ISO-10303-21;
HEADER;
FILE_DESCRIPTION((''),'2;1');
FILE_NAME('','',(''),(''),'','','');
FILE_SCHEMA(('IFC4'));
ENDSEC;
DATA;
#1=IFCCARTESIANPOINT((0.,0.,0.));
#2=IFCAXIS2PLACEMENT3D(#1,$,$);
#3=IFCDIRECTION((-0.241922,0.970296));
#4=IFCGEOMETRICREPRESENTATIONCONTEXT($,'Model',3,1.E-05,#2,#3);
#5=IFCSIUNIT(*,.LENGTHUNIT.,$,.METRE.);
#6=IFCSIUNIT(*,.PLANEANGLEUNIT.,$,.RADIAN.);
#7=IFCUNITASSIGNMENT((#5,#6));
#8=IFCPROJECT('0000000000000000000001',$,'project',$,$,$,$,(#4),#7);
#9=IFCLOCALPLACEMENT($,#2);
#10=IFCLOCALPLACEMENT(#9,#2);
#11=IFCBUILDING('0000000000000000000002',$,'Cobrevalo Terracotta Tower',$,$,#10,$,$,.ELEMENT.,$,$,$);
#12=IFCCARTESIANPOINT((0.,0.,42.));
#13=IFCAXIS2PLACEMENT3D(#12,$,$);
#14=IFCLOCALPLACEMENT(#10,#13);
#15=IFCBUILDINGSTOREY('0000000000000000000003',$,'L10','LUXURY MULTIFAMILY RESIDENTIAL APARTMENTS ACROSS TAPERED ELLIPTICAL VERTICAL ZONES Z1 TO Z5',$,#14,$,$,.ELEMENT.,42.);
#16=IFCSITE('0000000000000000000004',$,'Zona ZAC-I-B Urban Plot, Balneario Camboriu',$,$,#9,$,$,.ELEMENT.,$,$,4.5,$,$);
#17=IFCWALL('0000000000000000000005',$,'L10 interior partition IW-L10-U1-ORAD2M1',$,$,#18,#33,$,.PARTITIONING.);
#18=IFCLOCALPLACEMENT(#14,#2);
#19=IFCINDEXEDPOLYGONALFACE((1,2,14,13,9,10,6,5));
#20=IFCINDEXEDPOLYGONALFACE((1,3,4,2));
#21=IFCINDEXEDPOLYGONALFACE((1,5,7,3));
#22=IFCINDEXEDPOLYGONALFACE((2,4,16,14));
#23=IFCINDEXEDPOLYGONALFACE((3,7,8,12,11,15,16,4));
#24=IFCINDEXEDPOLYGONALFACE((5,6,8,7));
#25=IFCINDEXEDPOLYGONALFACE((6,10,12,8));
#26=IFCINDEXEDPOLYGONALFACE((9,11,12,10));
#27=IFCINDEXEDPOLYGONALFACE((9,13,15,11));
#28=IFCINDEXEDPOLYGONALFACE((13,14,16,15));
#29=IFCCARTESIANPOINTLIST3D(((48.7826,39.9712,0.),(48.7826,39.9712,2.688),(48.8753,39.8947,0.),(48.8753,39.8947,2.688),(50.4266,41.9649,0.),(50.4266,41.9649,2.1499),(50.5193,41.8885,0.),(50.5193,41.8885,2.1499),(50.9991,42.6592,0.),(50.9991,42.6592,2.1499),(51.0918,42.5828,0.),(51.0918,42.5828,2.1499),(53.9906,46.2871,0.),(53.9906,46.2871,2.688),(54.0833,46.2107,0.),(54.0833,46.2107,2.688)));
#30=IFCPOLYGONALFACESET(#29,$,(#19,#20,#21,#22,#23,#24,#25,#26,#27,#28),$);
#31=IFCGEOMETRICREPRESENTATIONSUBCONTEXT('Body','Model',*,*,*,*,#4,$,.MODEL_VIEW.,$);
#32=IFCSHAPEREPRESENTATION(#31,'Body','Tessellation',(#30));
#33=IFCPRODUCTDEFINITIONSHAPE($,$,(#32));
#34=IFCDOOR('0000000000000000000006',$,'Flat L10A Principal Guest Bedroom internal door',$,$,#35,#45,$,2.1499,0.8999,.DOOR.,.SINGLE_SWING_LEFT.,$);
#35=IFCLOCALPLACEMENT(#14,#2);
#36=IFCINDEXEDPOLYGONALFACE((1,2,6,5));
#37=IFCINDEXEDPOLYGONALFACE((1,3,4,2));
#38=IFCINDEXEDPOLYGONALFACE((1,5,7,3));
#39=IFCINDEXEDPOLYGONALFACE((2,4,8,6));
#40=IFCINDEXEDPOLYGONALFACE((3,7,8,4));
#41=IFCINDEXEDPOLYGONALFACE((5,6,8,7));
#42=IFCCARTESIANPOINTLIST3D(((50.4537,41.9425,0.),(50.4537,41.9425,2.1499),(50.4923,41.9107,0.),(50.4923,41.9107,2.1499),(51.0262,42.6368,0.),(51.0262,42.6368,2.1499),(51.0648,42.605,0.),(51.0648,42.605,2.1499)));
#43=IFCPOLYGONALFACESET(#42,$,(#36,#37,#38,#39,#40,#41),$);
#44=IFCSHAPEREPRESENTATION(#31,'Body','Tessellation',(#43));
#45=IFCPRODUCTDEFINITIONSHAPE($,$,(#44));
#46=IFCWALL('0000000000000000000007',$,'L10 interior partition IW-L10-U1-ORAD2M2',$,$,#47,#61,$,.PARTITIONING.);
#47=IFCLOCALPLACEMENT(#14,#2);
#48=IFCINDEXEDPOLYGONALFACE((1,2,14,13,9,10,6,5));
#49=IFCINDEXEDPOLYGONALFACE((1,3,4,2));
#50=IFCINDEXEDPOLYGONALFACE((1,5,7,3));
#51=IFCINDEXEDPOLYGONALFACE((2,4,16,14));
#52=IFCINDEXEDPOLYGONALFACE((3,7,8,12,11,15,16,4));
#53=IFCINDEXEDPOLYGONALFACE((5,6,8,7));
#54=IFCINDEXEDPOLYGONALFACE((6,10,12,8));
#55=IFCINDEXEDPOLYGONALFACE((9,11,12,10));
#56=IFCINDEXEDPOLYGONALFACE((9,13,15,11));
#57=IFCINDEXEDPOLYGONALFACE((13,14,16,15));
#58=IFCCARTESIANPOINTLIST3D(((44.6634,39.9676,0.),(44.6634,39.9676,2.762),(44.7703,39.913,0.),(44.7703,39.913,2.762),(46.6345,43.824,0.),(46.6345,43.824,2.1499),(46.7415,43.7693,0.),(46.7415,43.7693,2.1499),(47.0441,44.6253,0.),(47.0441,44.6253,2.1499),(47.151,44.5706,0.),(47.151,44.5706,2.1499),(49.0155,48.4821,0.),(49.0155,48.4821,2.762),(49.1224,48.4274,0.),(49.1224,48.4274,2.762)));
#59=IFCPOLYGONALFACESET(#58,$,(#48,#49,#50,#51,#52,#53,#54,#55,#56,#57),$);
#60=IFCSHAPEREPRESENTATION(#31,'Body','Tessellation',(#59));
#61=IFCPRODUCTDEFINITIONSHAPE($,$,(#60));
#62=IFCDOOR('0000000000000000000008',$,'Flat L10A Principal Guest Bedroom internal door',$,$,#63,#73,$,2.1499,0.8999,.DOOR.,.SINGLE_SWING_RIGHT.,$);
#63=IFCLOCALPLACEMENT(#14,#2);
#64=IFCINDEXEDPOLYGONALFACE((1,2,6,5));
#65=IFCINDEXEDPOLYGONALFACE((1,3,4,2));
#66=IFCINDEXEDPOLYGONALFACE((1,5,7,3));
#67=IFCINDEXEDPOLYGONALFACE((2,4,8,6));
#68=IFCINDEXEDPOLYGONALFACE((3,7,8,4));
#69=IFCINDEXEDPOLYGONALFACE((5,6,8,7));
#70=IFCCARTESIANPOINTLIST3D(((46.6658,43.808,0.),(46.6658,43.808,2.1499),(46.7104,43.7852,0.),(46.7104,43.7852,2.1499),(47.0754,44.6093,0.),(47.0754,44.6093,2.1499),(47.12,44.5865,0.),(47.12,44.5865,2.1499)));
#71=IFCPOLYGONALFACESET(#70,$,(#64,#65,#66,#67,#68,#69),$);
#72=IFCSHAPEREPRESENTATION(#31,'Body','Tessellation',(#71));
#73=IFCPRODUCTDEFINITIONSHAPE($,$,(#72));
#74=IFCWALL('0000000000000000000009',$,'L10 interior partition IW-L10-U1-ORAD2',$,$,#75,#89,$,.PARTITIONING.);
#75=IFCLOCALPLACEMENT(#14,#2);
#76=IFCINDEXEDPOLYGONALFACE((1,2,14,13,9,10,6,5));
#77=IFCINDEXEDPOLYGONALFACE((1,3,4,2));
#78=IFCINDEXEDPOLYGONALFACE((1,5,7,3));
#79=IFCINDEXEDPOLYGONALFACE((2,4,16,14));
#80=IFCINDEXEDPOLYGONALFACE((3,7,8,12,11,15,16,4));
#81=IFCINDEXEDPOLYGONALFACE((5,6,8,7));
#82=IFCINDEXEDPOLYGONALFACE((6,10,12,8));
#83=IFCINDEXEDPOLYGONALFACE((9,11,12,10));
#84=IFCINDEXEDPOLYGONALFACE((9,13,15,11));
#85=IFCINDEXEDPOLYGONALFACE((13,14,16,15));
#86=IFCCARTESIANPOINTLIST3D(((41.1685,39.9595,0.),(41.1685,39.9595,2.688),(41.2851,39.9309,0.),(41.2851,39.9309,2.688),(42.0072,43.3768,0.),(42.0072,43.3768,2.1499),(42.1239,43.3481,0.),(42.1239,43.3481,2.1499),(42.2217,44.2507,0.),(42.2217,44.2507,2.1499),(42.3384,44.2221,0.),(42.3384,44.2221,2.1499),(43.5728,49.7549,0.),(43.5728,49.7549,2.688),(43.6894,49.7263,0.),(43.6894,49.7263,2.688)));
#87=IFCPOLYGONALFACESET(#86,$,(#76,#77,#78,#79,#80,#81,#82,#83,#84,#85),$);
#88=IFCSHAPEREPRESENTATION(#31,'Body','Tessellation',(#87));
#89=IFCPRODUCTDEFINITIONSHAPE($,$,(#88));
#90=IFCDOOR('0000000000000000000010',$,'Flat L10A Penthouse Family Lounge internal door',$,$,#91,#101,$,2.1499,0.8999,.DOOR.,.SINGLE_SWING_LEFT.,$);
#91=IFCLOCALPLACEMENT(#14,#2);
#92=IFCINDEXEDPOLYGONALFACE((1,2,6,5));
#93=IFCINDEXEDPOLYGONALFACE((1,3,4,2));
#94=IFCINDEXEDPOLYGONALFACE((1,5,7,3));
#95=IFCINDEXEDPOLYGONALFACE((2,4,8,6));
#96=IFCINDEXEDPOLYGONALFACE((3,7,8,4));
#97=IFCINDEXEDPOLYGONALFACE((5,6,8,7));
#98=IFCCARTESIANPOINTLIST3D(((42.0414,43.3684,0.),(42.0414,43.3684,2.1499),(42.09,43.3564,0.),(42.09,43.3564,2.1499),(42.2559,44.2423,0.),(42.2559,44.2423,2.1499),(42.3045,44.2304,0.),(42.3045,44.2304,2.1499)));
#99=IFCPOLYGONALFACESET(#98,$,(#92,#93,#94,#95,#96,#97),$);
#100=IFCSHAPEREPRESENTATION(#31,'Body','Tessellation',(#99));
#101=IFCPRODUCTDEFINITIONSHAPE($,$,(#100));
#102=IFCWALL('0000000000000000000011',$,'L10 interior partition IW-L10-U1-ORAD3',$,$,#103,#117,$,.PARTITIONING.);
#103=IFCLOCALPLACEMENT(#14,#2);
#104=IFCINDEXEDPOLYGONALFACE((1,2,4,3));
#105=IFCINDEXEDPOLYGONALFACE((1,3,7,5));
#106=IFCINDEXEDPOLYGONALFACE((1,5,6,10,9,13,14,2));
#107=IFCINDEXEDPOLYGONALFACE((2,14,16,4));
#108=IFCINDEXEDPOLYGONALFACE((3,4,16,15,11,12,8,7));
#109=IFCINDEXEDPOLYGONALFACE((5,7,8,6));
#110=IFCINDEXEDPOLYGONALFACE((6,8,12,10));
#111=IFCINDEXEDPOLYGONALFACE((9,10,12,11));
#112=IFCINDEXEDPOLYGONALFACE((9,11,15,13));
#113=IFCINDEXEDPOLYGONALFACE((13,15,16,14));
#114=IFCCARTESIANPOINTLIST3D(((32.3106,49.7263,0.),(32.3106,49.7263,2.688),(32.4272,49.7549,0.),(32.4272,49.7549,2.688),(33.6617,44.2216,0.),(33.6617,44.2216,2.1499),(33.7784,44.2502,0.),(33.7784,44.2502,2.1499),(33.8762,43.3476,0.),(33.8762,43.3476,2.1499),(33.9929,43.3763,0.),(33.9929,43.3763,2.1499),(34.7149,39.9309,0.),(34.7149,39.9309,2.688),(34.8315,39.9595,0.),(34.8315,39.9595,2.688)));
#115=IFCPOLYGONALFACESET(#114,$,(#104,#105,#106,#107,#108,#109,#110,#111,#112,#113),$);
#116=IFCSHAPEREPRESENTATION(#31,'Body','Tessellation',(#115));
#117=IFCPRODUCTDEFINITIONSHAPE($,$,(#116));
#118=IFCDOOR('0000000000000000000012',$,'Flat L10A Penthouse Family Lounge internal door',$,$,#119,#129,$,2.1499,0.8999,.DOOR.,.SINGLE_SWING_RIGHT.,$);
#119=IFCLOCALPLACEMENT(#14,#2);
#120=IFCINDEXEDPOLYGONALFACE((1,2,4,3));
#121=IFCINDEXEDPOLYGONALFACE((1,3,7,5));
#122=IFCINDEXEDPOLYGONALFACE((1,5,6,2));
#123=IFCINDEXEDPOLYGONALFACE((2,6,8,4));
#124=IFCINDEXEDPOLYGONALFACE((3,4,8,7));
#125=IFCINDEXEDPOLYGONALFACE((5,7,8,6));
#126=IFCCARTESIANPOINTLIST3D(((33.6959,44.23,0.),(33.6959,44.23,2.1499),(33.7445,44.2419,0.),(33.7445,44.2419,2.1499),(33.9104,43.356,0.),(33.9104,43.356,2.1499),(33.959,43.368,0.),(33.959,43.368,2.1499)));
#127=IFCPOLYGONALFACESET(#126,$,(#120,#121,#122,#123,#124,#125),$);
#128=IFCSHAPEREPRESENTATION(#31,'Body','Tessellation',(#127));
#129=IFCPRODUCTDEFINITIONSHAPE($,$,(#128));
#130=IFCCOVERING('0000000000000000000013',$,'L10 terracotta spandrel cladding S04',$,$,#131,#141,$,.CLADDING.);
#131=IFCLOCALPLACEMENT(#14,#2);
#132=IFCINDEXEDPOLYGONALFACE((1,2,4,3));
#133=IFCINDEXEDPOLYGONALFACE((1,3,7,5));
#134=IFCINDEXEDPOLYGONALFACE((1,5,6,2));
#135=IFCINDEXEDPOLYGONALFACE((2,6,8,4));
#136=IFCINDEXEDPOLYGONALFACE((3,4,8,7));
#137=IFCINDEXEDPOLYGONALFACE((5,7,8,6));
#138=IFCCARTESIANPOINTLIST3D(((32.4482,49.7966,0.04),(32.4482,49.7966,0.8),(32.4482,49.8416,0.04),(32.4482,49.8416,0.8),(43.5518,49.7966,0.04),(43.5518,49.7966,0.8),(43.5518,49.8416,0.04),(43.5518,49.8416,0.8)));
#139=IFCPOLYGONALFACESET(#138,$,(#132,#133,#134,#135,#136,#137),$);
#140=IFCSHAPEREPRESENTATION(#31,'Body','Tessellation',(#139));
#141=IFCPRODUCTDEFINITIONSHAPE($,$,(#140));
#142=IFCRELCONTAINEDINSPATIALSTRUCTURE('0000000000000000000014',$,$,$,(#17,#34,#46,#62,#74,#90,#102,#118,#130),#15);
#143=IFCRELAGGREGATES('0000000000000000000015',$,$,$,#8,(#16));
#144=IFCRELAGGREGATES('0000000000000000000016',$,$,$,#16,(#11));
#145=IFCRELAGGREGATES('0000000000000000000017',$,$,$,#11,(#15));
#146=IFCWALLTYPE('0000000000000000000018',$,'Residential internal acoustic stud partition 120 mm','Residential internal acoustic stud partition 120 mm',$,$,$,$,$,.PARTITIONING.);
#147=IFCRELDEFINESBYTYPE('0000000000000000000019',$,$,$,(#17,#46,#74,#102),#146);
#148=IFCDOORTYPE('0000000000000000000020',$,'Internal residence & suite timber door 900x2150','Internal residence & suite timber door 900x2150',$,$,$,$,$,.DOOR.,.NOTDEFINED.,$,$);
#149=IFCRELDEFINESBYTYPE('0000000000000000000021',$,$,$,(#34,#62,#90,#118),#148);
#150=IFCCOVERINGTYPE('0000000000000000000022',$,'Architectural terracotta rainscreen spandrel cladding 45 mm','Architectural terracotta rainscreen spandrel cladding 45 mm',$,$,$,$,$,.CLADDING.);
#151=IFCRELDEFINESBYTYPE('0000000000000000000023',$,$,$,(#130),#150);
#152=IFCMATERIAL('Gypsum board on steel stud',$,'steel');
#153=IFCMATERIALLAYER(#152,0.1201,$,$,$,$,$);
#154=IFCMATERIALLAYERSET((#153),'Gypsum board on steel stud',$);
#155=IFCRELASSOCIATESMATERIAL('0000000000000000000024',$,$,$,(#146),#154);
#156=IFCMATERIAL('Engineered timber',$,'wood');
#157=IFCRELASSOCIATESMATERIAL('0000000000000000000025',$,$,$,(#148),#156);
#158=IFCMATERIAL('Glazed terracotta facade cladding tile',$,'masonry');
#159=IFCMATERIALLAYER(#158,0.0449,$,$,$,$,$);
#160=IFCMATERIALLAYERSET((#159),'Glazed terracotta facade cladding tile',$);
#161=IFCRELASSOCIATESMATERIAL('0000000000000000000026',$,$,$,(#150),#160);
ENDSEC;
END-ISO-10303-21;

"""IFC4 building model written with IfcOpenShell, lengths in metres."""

from ifc_helpers import new_model, si_unit, direction, frame, frame_2d, origin, origin_2d, place, context, subcontext, project, spatial, rectangle, extrude, source, transform, mapped, material, layer, layer_set, type_object, element, fill, save


model = new_model("IFC4")

# Units and contexts
model_context = context("Model", 3, precision=1e-05, world=origin(), true_north=direction((-0.241922, 0.970296)))
body_context = subcontext(model_context, "Body", "Model", "MODEL_VIEW")
ifc_project = project(units=[si_unit("LENGTHUNIT", "METRE"), si_unit("PLANEANGLEUNIT", "RADIAN")], contexts=[model_context])

# Site, building, storey
site_placement = place(None, origin())
site = spatial("IfcSite", under=ifc_project, at=site_placement, Name="Zona ZAC-I-B Urban Plot, Balneario Camboriu", CompositionType="ELEMENT", RefElevation=4.5)
building_placement = place(site_placement, origin())
building = spatial("IfcBuilding", under=site, at=building_placement, Name="Cobrevalo Terracotta Tower", CompositionType="ELEMENT")
storey_placement = place(building_placement, frame((0.0, 0.0, 42.0)))
storey = spatial("IfcBuildingStorey", under=building, at=storey_placement, Name="L10", Description="LUXURY MULTIFAMILY RESIDENTIAL APARTMENTS ACROSS TAPERED ELLIPTICAL VERTICAL ZONES Z1 TO Z5", CompositionType="ELEMENT", Elevation=42.0)

# Walls, openings, doors
ifc_material_1 = material(Name="Gypsum board on steel stud", Category="steel")
ifc_layer_1 = layer(ifc_material_1, 0.1201)
ifc_layer_set_1 = layer_set([ifc_layer_1], Name="Gypsum board on steel stud")
wall_type_1 = type_object("IfcWallType", Name="Residential internal acoustic stud partition 120 mm", Description="Residential internal acoustic stud partition 120 mm", PredefinedType="PARTITIONING", material=ifc_layer_set_1)
wall_1_placement = place(storey_placement, frame((48.8289, 39.9329, 0.0), z_axis=(0.0, 0.0, 1.0), x_axis=(0.636192, 0.771531, 0.0)))
wall_1 = element("IfcWall", 1, at=wall_1_placement, inside=storey, type_object=wall_type_1, Name="L10 interior partition IW-L10-U1-ORAD2M1", PredefinedType="PARTITIONING", context=body_context, shape_type="SweptSolid", body=[
    extrude(rectangle(XDim=8.1863, YDim=0.1201, at=frame_2d((4.0933, 0.0))), origin(), (0.0, 0.0, 1.0), 2.688),
])
opening_1_placement = place(wall_1_placement, frame((2.5842, 0.0, 0.0)))
opening_1 = element("IfcOpeningElement", 2, at=opening_1_placement, cuts=wall_1, PredefinedType="OPENING", context=body_context, shape_type="SweptSolid", body=[
    extrude(rectangle(XDim=0.8999, YDim=2.1499, at=frame_2d((0.45, 1.075))), frame((0.0, 0.0701, 0.0), z_axis=(0.0, -1.0, 0.0), x_axis=(1.0, 0.0, 0.0)), (0.0, 0.0, 1.0), 0.1401),
])
ifc_material_2 = material(Name="Engineered timber", Category="wood")
door_type_1 = type_object("IfcDoorType", Name="Internal residence & suite timber door 900x2150", Description="Internal residence & suite timber door 900x2150", OperationType="NOTDEFINED", PredefinedType="DOOR", material=ifc_material_2)
shared_shape_1 = source(origin(), body_context, "Body", "SweptSolid", [
    extrude(rectangle(XDim=0.8999, YDim=2.1499, at=frame_2d((0.45, 1.075))), frame((0.0, 0.0249, 0.0), z_axis=(0.0, -1.0, 0.0), x_axis=(1.0, 0.0, 0.0)), (0.0, 0.0, 1.0), 0.05),
])
door_1_placement = place(opening_1_placement, origin())
door_1 = element("IfcDoor", 3, at=door_1_placement, inside=storey, type_object=door_type_1, Name="Flat L10A Principal Guest Bedroom internal door", OperationType="SINGLE_SWING_LEFT", OverallHeight=2.1499, OverallWidth=0.8999, PredefinedType="DOOR", context=body_context, shape_type="MappedRepresentation", body=[
    mapped(shared_shape_1, transform((0.0, 0.0, 0.0), scale=1.0)),
])
fill(opening_1, door_1)
wall_2_placement = place(storey_placement, frame((44.7168, 39.9402, 0.0), z_axis=(0.0, 0.0, 1.0), x_axis=(0.455131, 0.890424, 0.0)))
wall_2 = element("IfcWall", 4, at=wall_2_placement, inside=storey, type_object=wall_type_1, Name="L10 interior partition IW-L10-U1-ORAD2M2", PredefinedType="PARTITIONING", context=body_context, shape_type="SweptSolid", body=[
    extrude(rectangle(XDim=9.5623, YDim=0.1201, at=frame_2d((4.7812, 0.0))), origin(), (0.0, 0.0, 1.0), 2.762),
])
opening_2_placement = place(wall_2_placement, frame((4.3311, 0.0, 0.0)))
opening_2 = element("IfcOpeningElement", 5, at=opening_2_placement, cuts=wall_2, PredefinedType="OPENING", context=body_context, shape_type="SweptSolid", body=[
    extrude(rectangle(XDim=0.8999, YDim=2.1499, at=frame_2d((0.45, 1.075))), frame((0.0, 0.0701, 0.0), z_axis=(0.0, -1.0, 0.0), x_axis=(1.0, 0.0, 0.0)), (0.0, 0.0, 1.0), 0.1401),
])
door_2_placement = place(opening_2_placement, origin())
door_2 = element("IfcDoor", 6, at=door_2_placement, inside=storey, type_object=door_type_1, Name="Flat L10A Principal Guest Bedroom internal door", OperationType="SINGLE_SWING_RIGHT", OverallHeight=2.1499, OverallWidth=0.8999, PredefinedType="DOOR", context=body_context, shape_type="MappedRepresentation", body=[
    mapped(shared_shape_1, transform((0.0, 0.0, 0.0), scale=1.0)),
])
fill(opening_2, door_2)
wall_3_placement = place(storey_placement, frame((41.2268, 39.9453, 0.0), z_axis=(0.0, 0.0, 1.0), x_axis=(0.238376, 0.971173, 0.0)))
wall_3 = element("IfcWall", 7, at=wall_3_placement, inside=storey, type_object=wall_type_1, Name="L10 interior partition IW-L10-U1-ORAD2", PredefinedType="PARTITIONING", context=body_context, shape_type="SweptSolid", body=[
    extrude(rectangle(XDim=10.0862, YDim=0.1201, at=frame_2d((5.043, 0.0))), origin(), (0.0, 0.0, 1.0), 2.688),
])
opening_3_placement = place(wall_3_placement, frame((3.5186, 0.0, 0.0)))
opening_3 = element("IfcOpeningElement", 8, at=opening_3_placement, cuts=wall_3, PredefinedType="OPENING", context=body_context, shape_type="SweptSolid", body=[
    extrude(rectangle(XDim=0.8999, YDim=2.1499, at=frame_2d((0.45, 1.075))), frame((0.0, 0.0701, 0.0), z_axis=(0.0, -1.0, 0.0), x_axis=(1.0, 0.0, 0.0)), (0.0, 0.0, 1.0), 0.1401),
])
door_3_placement = place(opening_3_placement, origin())
door_3 = element("IfcDoor", 9, at=door_3_placement, inside=storey, type_object=door_type_1, Name="Flat L10A Penthouse Family Lounge internal door", OperationType="SINGLE_SWING_LEFT", OverallHeight=2.1499, OverallWidth=0.8999, PredefinedType="DOOR", context=body_context, shape_type="MappedRepresentation", body=[
    mapped(shared_shape_1, transform((0.0, 0.0, 0.0), scale=1.0)),
])
fill(opening_3, door_3)
wall_4_placement = place(storey_placement, frame((34.7732, 39.9453, 0.0), z_axis=(0.0, 0.0, 1.0), x_axis=(-0.238376, 0.971173, 0.0)))
wall_4 = element("IfcWall", 10, at=wall_4_placement, inside=storey, type_object=wall_type_1, Name="L10 interior partition IW-L10-U1-ORAD3", PredefinedType="PARTITIONING", context=body_context, shape_type="SweptSolid", body=[
    extrude(rectangle(XDim=10.0862, YDim=0.1201, at=frame_2d((5.043, 0.0))), origin(), (0.0, 0.0, 1.0), 2.688),
])
opening_4_placement = place(wall_4_placement, frame((3.5181, 0.0, 0.0)))
opening_4 = element("IfcOpeningElement", 11, at=opening_4_placement, cuts=wall_4, PredefinedType="OPENING", context=body_context, shape_type="SweptSolid", body=[
    extrude(rectangle(XDim=0.8999, YDim=2.1499, at=frame_2d((0.45, 1.075))), frame((0.0, 0.0701, 0.0), z_axis=(0.0, -1.0, 0.0), x_axis=(1.0, 0.0, 0.0)), (0.0, 0.0, 1.0), 0.1401),
])
door_4_placement = place(opening_4_placement, origin())
door_4 = element("IfcDoor", 12, at=door_4_placement, inside=storey, type_object=door_type_1, Name="Flat L10A Penthouse Family Lounge internal door", OperationType="SINGLE_SWING_RIGHT", OverallHeight=2.1499, OverallWidth=0.8999, PredefinedType="DOOR", context=body_context, shape_type="MappedRepresentation", body=[
    mapped(shared_shape_1, transform((0.0, 0.0, 0.0), scale=1.0)),
])
fill(opening_4, door_4)

# Covering
ifc_material_3 = material(Name="Glazed terracotta facade cladding tile", Category="masonry")
ifc_layer_2 = layer(ifc_material_3, 0.0449)
ifc_layer_set_2 = layer_set([ifc_layer_2], Name="Glazed terracotta facade cladding tile")
covering_type = type_object("IfcCoveringType", Name="Architectural terracotta rainscreen spandrel cladding 45 mm", Description="Architectural terracotta rainscreen spandrel cladding 45 mm", PredefinedType="CLADDING", material=ifc_layer_set_2)
shared_shape_2 = source(origin(), body_context, "Body", "SweptSolid", [
    extrude(rectangle(XDim=11.1035, YDim=0.0449, at=origin_2d()), origin(), (0.0, 0.0, 1.0), 0.76),
])
covering_placement = place(storey_placement, frame((38.0, 49.8191, 0.04), z_axis=(0.0, 0.0, 1.0), x_axis=(-1.0, 0.0, 0.0)))
element("IfcCovering", 13, at=covering_placement, inside=storey, type_object=covering_type, Name="L10 terracotta spandrel cladding S04", PredefinedType="CLADDING", context=body_context, shape_type="MappedRepresentation", body=[
    mapped(shared_shape_2, transform((0.0, 0.0, 0.0), scale=1.0)),
])

save(model, "model.ifc")
